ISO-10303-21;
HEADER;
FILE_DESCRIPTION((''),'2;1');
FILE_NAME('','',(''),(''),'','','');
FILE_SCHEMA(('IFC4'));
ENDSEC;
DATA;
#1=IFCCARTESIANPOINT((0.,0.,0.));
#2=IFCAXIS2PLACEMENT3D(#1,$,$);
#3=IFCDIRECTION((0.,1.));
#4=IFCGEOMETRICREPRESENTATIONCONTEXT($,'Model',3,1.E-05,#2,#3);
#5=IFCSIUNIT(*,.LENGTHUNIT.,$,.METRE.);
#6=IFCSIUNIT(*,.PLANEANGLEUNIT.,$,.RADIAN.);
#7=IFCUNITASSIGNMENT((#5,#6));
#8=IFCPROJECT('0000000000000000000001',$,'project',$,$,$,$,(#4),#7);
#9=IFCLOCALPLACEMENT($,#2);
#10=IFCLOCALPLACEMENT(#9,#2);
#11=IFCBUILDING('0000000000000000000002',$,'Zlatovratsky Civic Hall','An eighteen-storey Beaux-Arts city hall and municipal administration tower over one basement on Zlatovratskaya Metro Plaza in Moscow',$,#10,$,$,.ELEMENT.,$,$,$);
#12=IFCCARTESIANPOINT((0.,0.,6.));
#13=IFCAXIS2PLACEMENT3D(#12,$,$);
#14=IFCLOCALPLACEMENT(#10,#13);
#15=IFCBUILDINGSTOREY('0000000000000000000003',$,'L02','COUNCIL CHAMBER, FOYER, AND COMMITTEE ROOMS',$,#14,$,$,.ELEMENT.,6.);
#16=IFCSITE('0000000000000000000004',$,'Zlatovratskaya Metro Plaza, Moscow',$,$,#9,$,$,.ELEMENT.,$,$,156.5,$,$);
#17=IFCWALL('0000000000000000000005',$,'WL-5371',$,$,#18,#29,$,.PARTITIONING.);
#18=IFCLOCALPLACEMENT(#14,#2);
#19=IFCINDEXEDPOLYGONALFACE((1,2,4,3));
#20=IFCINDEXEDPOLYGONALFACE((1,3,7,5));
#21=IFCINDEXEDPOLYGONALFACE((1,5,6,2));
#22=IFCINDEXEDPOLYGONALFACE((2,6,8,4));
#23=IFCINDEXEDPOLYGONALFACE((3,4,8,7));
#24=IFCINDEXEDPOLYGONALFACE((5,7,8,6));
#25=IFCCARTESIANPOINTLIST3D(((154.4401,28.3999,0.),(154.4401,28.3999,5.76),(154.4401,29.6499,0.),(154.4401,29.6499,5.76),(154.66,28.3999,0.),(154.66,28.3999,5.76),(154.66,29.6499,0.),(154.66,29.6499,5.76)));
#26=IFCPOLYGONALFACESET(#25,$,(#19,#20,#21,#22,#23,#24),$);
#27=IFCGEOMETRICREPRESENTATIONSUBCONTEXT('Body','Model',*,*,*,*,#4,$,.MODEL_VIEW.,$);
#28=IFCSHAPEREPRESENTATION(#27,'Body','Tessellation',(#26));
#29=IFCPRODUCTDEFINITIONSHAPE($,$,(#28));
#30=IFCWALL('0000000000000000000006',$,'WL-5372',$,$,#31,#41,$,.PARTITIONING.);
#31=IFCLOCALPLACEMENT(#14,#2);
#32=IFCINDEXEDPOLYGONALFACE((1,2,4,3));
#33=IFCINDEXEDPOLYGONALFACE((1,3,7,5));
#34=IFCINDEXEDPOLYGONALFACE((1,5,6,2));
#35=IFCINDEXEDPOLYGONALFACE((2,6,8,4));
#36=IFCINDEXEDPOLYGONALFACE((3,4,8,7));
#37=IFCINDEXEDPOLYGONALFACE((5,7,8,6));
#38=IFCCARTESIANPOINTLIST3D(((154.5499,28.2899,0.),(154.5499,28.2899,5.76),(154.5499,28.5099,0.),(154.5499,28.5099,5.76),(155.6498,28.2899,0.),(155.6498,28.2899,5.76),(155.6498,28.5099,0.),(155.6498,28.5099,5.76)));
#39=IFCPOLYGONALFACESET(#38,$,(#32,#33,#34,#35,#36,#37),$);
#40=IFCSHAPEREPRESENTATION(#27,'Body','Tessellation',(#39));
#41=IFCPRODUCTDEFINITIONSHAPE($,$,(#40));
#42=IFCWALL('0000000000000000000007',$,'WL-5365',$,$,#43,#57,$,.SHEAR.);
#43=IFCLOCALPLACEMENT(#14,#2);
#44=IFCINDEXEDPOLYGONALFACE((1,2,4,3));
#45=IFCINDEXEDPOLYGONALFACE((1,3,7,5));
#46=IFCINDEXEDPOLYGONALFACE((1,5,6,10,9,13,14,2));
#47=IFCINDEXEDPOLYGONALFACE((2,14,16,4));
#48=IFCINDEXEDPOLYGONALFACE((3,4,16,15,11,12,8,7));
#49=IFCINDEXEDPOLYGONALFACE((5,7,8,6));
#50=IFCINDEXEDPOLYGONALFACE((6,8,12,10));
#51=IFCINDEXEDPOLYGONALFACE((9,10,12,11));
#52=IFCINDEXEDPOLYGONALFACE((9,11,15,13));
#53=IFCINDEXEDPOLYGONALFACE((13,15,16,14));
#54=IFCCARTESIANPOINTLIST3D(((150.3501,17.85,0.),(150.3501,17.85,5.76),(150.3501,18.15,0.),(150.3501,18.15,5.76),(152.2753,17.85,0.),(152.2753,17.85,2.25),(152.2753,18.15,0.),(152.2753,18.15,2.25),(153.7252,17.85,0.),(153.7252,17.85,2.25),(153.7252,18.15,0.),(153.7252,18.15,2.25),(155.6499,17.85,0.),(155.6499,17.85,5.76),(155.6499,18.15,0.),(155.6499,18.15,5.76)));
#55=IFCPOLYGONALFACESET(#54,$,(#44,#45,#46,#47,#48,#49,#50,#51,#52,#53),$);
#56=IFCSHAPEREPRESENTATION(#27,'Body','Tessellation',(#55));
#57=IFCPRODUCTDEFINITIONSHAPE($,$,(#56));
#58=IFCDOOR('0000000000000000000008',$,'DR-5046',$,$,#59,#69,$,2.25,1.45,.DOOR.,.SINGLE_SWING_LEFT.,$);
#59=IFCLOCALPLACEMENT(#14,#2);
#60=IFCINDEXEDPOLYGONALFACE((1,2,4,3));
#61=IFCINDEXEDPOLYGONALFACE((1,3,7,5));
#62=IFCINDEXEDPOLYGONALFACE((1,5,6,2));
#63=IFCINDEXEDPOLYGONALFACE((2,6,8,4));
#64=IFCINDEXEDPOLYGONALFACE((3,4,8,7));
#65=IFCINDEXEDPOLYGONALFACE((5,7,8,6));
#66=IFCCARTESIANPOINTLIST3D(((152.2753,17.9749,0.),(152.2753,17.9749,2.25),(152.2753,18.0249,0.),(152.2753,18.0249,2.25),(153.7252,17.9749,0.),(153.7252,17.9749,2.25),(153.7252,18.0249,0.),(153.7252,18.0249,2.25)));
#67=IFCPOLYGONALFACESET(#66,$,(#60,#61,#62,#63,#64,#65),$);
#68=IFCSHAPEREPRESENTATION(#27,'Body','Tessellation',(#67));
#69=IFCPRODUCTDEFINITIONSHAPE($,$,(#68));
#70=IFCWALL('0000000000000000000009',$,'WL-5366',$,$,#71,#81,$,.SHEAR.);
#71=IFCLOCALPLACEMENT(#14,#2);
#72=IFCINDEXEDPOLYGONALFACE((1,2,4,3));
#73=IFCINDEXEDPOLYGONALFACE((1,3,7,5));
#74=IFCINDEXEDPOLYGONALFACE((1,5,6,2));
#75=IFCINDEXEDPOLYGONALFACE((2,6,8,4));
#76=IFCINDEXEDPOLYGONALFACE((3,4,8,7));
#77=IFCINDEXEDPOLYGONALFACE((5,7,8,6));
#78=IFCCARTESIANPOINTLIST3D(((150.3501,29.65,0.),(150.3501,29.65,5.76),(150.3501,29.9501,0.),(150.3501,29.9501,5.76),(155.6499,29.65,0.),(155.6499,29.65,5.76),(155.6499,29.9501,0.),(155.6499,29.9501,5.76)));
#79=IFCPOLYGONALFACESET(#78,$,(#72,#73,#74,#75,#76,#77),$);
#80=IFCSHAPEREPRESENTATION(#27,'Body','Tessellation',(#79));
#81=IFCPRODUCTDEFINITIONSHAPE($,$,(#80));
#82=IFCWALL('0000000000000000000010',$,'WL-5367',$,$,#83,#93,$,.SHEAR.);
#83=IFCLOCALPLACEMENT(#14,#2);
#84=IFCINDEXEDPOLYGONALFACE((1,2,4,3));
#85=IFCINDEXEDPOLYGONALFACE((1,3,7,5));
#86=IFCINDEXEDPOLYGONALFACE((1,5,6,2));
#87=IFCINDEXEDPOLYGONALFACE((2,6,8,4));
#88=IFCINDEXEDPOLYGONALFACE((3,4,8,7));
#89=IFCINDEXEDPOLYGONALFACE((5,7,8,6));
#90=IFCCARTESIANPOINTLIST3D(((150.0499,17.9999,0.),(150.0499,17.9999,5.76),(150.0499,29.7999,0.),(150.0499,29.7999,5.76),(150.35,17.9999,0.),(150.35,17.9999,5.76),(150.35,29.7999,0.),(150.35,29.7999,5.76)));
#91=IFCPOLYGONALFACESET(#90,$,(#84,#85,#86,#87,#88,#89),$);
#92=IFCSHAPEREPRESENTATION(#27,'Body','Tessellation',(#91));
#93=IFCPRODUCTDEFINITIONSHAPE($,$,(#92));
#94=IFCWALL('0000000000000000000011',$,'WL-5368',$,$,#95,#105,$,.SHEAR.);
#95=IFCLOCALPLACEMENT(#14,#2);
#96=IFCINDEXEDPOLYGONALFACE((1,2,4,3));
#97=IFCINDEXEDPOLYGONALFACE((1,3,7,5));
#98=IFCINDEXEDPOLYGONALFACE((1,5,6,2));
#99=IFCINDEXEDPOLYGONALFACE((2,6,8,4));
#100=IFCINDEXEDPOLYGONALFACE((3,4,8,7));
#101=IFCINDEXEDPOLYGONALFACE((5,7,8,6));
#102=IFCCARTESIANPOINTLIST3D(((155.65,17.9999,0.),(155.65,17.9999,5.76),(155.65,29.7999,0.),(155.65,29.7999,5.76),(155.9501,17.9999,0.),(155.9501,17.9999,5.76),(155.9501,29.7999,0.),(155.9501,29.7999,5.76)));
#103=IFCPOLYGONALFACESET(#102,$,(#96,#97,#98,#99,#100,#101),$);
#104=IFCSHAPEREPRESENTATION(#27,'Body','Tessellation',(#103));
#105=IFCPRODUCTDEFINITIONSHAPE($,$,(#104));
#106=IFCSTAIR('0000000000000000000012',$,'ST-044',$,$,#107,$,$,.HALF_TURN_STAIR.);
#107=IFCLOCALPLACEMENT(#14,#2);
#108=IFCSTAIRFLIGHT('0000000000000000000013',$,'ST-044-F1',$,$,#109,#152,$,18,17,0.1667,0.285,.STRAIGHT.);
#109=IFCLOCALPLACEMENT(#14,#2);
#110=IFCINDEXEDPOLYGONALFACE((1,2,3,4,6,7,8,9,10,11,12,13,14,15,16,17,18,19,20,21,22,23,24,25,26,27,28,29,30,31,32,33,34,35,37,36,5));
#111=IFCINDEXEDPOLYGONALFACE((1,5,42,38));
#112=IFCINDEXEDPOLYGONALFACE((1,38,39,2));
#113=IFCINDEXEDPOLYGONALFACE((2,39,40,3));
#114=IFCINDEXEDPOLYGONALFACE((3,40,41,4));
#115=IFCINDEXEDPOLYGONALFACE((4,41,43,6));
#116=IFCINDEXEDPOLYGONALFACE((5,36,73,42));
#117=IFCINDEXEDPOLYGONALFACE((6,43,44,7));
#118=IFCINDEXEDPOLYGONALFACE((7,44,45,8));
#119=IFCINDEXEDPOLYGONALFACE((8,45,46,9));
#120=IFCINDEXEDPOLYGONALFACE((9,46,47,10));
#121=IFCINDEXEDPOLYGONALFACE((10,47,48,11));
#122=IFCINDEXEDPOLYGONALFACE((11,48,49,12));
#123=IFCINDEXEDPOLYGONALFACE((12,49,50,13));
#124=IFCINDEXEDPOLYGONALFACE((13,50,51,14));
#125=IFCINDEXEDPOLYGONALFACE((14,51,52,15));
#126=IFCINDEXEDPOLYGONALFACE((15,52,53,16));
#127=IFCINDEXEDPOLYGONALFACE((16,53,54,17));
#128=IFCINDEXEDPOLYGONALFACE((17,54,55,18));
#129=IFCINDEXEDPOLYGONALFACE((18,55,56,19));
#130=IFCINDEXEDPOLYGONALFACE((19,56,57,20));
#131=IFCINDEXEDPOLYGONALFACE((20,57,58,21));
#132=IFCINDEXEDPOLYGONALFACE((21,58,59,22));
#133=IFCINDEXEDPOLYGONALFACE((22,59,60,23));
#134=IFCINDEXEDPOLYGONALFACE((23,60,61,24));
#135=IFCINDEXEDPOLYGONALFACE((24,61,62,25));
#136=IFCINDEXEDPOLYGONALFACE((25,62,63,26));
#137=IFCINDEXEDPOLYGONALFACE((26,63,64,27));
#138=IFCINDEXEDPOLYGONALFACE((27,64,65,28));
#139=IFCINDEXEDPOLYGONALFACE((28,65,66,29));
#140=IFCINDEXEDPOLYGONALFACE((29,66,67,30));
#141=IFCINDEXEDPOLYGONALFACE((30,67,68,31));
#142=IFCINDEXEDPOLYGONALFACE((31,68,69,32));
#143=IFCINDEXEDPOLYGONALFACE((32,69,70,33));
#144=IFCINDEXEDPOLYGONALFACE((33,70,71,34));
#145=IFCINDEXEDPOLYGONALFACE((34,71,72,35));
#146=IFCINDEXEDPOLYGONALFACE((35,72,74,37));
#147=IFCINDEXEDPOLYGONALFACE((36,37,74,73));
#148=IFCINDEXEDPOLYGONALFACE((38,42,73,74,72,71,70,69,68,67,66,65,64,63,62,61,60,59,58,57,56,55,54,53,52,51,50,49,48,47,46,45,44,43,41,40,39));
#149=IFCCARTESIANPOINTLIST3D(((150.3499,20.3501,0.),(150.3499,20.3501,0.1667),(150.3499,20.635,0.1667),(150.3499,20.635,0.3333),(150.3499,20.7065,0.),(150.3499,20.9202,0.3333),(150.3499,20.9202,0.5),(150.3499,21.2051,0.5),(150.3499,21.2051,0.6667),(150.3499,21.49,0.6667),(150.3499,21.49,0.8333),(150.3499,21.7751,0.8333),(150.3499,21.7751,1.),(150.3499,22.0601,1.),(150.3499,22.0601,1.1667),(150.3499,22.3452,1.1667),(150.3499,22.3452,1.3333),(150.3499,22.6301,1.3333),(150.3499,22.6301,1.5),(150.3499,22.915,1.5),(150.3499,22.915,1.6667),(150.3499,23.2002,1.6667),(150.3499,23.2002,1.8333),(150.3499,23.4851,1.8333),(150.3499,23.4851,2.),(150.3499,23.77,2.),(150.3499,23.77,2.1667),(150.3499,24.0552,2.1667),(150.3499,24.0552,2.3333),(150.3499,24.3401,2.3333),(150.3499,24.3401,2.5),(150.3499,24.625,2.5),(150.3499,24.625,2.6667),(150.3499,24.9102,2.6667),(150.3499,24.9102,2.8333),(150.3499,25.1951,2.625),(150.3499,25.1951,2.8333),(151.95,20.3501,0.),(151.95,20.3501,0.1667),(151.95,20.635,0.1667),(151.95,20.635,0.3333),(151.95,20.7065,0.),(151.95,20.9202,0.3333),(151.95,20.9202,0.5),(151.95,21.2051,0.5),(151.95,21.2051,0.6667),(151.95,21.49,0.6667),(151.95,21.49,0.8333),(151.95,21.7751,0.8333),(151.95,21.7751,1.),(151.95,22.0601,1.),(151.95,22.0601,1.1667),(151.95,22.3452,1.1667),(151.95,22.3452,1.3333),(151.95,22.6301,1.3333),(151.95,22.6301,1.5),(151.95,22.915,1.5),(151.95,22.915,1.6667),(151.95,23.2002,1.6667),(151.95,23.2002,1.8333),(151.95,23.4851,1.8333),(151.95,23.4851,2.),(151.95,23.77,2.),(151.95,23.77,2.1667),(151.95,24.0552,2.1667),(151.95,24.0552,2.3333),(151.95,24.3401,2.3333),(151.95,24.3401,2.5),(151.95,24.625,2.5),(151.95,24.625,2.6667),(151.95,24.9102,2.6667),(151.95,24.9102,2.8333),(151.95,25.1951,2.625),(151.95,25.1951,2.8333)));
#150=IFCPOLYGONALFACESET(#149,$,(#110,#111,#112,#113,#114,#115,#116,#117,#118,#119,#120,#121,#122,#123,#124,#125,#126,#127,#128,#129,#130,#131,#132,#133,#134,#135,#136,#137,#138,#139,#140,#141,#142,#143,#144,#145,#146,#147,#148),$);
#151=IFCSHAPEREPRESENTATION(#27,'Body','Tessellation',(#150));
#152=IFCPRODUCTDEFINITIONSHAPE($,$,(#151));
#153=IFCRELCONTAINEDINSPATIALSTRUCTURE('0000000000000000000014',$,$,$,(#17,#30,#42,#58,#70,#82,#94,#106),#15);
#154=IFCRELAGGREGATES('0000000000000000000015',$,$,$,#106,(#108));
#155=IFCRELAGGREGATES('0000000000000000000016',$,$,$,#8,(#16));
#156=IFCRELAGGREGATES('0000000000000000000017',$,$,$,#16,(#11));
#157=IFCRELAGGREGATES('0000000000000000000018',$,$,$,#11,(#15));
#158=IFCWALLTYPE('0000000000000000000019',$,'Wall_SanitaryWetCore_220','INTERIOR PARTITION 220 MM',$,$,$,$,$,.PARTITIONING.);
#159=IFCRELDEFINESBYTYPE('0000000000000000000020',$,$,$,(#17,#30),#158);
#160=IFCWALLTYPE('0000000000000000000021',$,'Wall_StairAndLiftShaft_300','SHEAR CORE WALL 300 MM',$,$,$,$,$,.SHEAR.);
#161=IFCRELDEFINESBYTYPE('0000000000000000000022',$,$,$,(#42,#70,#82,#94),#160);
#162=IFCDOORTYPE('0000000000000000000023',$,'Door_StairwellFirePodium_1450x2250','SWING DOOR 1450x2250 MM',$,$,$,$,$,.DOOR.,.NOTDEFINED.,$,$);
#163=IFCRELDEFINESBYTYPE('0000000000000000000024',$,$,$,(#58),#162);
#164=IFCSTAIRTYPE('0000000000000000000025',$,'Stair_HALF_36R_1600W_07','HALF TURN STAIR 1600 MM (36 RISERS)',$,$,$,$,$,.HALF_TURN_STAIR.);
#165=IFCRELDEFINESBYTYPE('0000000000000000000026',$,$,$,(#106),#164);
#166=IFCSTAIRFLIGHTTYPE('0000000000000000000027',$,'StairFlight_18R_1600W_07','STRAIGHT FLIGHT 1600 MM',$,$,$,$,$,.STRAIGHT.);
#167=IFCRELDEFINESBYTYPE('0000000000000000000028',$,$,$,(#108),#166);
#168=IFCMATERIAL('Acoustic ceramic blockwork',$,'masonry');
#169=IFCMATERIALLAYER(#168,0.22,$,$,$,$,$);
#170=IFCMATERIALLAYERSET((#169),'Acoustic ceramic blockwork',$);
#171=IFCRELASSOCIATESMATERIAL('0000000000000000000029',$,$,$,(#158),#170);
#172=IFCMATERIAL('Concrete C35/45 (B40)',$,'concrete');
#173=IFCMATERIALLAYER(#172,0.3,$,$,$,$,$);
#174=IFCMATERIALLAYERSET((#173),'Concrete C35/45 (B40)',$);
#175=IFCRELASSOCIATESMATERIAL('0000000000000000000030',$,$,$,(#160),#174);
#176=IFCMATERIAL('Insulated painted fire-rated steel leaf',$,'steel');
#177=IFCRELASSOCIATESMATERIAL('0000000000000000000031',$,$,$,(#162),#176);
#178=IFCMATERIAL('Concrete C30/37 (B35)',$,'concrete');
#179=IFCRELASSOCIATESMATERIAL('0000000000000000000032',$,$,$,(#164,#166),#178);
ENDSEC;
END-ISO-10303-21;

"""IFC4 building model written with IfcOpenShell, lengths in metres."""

from ifc_helpers import new_model, si_unit, direction, frame, frame_2d, origin, place, context, subcontext, project, spatial, polyline, rectangle, outline, extrude, material, layer, layer_set, type_object, element, fill, aggregate, save


model = new_model("IFC4")

# Units and contexts
model_context = context("Model", 3, precision=1e-05, world=origin(), true_north=direction((0.0, 1.0)))
body_context = subcontext(model_context, "Body", "Model", "MODEL_VIEW")
ifc_project = project(units=[si_unit("LENGTHUNIT", "METRE"), si_unit("PLANEANGLEUNIT", "RADIAN")], contexts=[model_context])

# Site, building, storey
site_placement = place(None, origin())
site = spatial("IfcSite", under=ifc_project, at=site_placement, Name="Zlatovratskaya Metro Plaza, Moscow", CompositionType="ELEMENT", RefElevation=156.5)
building_placement = place(site_placement, origin())
building = spatial("IfcBuilding", under=site, at=building_placement, Name="Zlatovratsky Civic Hall", Description="An eighteen-storey Beaux-Arts city hall and municipal administration tower over one basement on Zlatovratskaya Metro Plaza in Moscow", CompositionType="ELEMENT")
storey_placement = place(building_placement, frame((0.0, 0.0, 6.0)))
storey = spatial("IfcBuildingStorey", under=building, at=storey_placement, Name="L02", Description="COUNCIL CHAMBER, FOYER, AND COMMITTEE ROOMS", CompositionType="ELEMENT", Elevation=6.0)

# Shared definitions
ifc_material_1 = material(Name="Concrete C35/45 (B40)", Category="concrete")

# Shared definitions
ifc_material_2 = material(Name="Acoustic ceramic blockwork", Category="masonry")

# Walls
ifc_layer_1 = layer(ifc_material_2, 0.22)
ifc_layer_set_1 = layer_set([ifc_layer_1], Name="Acoustic ceramic blockwork")
wall_type_1 = type_object("IfcWallType", Name="Wall_SanitaryWetCore_220", Description="INTERIOR PARTITION 220 MM", PredefinedType="PARTITIONING", material=ifc_layer_set_1)
wall_1_placement = place(storey_placement, frame((154.55, 28.3999, 0.0), z_axis=(0.0, 0.0, 1.0), x_axis=(0.0, 1.0, 0.0)))
element("IfcWall", 1, at=wall_1_placement, inside=storey, type_object=wall_type_1, Name="WL-5371", PredefinedType="PARTITIONING", context=body_context, shape_type="SweptSolid", body=[
    extrude(rectangle(XDim=1.25, YDim=0.22, at=frame_2d((0.625, 0.0))), origin(), (0.0, 0.0, 1.0), 5.76),
])
wall_2_placement = place(storey_placement, frame((154.55, 28.3999, 0.0), z_axis=(0.0, 0.0, 1.0), x_axis=(1.0, 0.0, 0.0)))
element("IfcWall", 2, at=wall_2_placement, inside=storey, type_object=wall_type_1, Name="WL-5372", PredefinedType="PARTITIONING", context=body_context, shape_type="SweptSolid", body=[
    extrude(rectangle(XDim=1.0999, YDim=0.22, at=frame_2d((0.5498, 0.0))), origin(), (0.0, 0.0, 1.0), 5.76),
])

# Wall, opening, door
ifc_layer_2 = layer(ifc_material_1, 0.3)
ifc_layer_set_2 = layer_set([ifc_layer_2], Name="Concrete C35/45 (B40)")
wall_type_2 = type_object("IfcWallType", Name="Wall_StairAndLiftShaft_300", Description="SHEAR CORE WALL 300 MM", PredefinedType="SHEAR", material=ifc_layer_set_2)
wall_3_placement = place(storey_placement, frame((150.3501, 18.0, 0.0), z_axis=(0.0, 0.0, 1.0), x_axis=(1.0, 0.0, 0.0)))
wall_3 = element("IfcWall", 3, at=wall_3_placement, inside=storey, type_object=wall_type_2, Name="WL-5365", PredefinedType="SHEAR", context=body_context, shape_type="SweptSolid", body=[
    extrude(rectangle(XDim=5.2998, YDim=0.3, at=frame_2d((2.6499, 0.0))), origin(), (0.0, 0.0, 1.0), 5.76),
])
opening_1_placement = place(wall_3_placement, frame((1.925, 0.0, 0.0)))
opening_1 = element("IfcOpeningElement", 4, at=opening_1_placement, cuts=wall_3, PredefinedType="OPENING", context=body_context, shape_type="SweptSolid", body=[
    extrude(rectangle(XDim=1.45, YDim=2.25, at=frame_2d((0.7251, 1.125))), frame((0.0, 0.165, 0.0), z_axis=(0.0, -1.0, 0.0), x_axis=(1.0, 0.0, 0.0)), (0.0, 0.0, 1.0), 0.3298),
])
ifc_material_3 = material(Name="Insulated painted fire-rated steel leaf", Category="steel")
door_type_1 = type_object("IfcDoorType", Name="Door_StairwellFirePodium_1450x2250", Description="SWING DOOR 1450x2250 MM", OperationType="NOTDEFINED", PredefinedType="DOOR", material=ifc_material_3)
door_1_placement = place(opening_1_placement, origin())
door_1 = element("IfcDoor", 5, at=door_1_placement, inside=storey, type_object=door_type_1, Name="DR-5046", OperationType="SINGLE_SWING_LEFT", OverallHeight=2.25, OverallWidth=1.45, PredefinedType="DOOR", context=body_context, shape_type="SweptSolid", body=[
    extrude(rectangle(XDim=1.45, YDim=2.25, at=frame_2d((0.7251, 1.125))), frame((0.0, 0.0249, 0.0), z_axis=(0.0, -1.0, 0.0), x_axis=(1.0, 0.0, 0.0)), (0.0, 0.0, 1.0), 0.05),
])
fill(opening_1, door_1)

# Walls
wall_4_placement = place(storey_placement, frame((150.3501, 29.8, 0.0), z_axis=(0.0, 0.0, 1.0), x_axis=(1.0, 0.0, 0.0)))
element("IfcWall", 6, at=wall_4_placement, inside=storey, type_object=wall_type_2, Name="WL-5366", PredefinedType="SHEAR", context=body_context, shape_type="SweptSolid", body=[
    extrude(rectangle(XDim=5.2998, YDim=0.3, at=frame_2d((2.6499, 0.0))), origin(), (0.0, 0.0, 1.0), 5.76),
])
for number, where, z_axis, x_axis, name in (
    (7, (150.2, 18.0, 0.0), (0.0, 0.0, 1.0), (0.0, 1.0, 0.0), "WL-5367"),
    (8, (155.8, 18.0, 0.0), (0.0, 0.0, 1.0), (0.0, 1.0, 0.0), "WL-5368"),
):
    element("IfcWall", number, at=place(storey_placement, frame(where, z_axis=z_axis, x_axis=x_axis)), inside=storey, type_object=wall_type_2, Name=name, PredefinedType="SHEAR", context=body_context, shape_type="SweptSolid", body=[
        extrude(rectangle(XDim=11.8, YDim=0.3, at=frame_2d((5.8999, 0.0))), origin(), (0.0, 0.0, 1.0), 5.76),
    ])

# Stair, stair flight
ifc_material_4 = material(Name="Concrete C30/37 (B35)", Category="concrete")
stair_type = type_object("IfcStairType", Name="Stair_HALF_36R_1600W_07", Description="HALF TURN STAIR 1600 MM (36 RISERS)", PredefinedType="HALF_TURN_STAIR", material=ifc_material_4)
stair_placement = place(storey_placement, origin())
stair = element("IfcStair", 9, at=stair_placement, inside=storey, type_object=stair_type, Name="ST-044", PredefinedType="HALF_TURN_STAIR")
stair_flight_type = type_object("IfcStairFlightType", Name="StairFlight_18R_1600W_07", Description="STRAIGHT FLIGHT 1600 MM", PredefinedType="STRAIGHT", material=ifc_material_4)
stair_flight_1_placement = place(storey_placement, frame((151.1499, 20.3501, 0.0), z_axis=(0.0, 0.0, 1.0), x_axis=(0.0, 1.0, 0.0)))
stair_flight_1 = element("IfcStairFlight", 10, at=stair_flight_1_placement, type_object=stair_flight_type, Name="ST-044-F1", NumberOfRisers=18, NumberOfTreads=17, PredefinedType="STRAIGHT", RiserHeight=0.1667, TreadLength=0.285, context=body_context, shape_type="SweptSolid", body=[
    extrude(outline(polyline([(0.0, 0.0), (0.0, 0.1667), (0.2849, 0.1667), (0.2849, 0.3333), (0.5701, 0.3333), (0.5701, 0.5), (0.855, 0.5), (0.855, 0.6667), (1.1399, 0.6667), (1.1399, 0.8333), (1.425, 0.8333), (1.425, 1.0), (1.71, 1.0), (1.71, 1.1667), (1.9951, 1.1667), (1.9951, 1.3333), (2.28, 1.3333), (2.28, 1.5), (2.5649, 1.5), (2.5649, 1.6667), (2.8501, 1.6667), (2.8501, 1.8333), (3.135, 1.8333), (3.135, 2.0), (3.4199, 2.0), (3.4199, 2.1667), (3.7051, 2.1667), (3.7051, 2.3333), (3.99, 2.3333), (3.99, 2.5), (4.2749, 2.5), (4.2749, 2.6667), (4.5601, 2.6667), (4.5601, 2.8333), (4.845, 2.8333), (4.845, 3.0), (4.845, 2.625), (0.3564, 0.0), (0.0, 0.0)])), frame((0.0, 0.8, 0.0), z_axis=(0.0, -1.0, 0.0), x_axis=(1.0, 0.0, 0.0)), (0.0, 0.0, 1.0), 1.6001),
])
aggregate(stair, [stair_flight_1])

save(model, "model.ifc")
